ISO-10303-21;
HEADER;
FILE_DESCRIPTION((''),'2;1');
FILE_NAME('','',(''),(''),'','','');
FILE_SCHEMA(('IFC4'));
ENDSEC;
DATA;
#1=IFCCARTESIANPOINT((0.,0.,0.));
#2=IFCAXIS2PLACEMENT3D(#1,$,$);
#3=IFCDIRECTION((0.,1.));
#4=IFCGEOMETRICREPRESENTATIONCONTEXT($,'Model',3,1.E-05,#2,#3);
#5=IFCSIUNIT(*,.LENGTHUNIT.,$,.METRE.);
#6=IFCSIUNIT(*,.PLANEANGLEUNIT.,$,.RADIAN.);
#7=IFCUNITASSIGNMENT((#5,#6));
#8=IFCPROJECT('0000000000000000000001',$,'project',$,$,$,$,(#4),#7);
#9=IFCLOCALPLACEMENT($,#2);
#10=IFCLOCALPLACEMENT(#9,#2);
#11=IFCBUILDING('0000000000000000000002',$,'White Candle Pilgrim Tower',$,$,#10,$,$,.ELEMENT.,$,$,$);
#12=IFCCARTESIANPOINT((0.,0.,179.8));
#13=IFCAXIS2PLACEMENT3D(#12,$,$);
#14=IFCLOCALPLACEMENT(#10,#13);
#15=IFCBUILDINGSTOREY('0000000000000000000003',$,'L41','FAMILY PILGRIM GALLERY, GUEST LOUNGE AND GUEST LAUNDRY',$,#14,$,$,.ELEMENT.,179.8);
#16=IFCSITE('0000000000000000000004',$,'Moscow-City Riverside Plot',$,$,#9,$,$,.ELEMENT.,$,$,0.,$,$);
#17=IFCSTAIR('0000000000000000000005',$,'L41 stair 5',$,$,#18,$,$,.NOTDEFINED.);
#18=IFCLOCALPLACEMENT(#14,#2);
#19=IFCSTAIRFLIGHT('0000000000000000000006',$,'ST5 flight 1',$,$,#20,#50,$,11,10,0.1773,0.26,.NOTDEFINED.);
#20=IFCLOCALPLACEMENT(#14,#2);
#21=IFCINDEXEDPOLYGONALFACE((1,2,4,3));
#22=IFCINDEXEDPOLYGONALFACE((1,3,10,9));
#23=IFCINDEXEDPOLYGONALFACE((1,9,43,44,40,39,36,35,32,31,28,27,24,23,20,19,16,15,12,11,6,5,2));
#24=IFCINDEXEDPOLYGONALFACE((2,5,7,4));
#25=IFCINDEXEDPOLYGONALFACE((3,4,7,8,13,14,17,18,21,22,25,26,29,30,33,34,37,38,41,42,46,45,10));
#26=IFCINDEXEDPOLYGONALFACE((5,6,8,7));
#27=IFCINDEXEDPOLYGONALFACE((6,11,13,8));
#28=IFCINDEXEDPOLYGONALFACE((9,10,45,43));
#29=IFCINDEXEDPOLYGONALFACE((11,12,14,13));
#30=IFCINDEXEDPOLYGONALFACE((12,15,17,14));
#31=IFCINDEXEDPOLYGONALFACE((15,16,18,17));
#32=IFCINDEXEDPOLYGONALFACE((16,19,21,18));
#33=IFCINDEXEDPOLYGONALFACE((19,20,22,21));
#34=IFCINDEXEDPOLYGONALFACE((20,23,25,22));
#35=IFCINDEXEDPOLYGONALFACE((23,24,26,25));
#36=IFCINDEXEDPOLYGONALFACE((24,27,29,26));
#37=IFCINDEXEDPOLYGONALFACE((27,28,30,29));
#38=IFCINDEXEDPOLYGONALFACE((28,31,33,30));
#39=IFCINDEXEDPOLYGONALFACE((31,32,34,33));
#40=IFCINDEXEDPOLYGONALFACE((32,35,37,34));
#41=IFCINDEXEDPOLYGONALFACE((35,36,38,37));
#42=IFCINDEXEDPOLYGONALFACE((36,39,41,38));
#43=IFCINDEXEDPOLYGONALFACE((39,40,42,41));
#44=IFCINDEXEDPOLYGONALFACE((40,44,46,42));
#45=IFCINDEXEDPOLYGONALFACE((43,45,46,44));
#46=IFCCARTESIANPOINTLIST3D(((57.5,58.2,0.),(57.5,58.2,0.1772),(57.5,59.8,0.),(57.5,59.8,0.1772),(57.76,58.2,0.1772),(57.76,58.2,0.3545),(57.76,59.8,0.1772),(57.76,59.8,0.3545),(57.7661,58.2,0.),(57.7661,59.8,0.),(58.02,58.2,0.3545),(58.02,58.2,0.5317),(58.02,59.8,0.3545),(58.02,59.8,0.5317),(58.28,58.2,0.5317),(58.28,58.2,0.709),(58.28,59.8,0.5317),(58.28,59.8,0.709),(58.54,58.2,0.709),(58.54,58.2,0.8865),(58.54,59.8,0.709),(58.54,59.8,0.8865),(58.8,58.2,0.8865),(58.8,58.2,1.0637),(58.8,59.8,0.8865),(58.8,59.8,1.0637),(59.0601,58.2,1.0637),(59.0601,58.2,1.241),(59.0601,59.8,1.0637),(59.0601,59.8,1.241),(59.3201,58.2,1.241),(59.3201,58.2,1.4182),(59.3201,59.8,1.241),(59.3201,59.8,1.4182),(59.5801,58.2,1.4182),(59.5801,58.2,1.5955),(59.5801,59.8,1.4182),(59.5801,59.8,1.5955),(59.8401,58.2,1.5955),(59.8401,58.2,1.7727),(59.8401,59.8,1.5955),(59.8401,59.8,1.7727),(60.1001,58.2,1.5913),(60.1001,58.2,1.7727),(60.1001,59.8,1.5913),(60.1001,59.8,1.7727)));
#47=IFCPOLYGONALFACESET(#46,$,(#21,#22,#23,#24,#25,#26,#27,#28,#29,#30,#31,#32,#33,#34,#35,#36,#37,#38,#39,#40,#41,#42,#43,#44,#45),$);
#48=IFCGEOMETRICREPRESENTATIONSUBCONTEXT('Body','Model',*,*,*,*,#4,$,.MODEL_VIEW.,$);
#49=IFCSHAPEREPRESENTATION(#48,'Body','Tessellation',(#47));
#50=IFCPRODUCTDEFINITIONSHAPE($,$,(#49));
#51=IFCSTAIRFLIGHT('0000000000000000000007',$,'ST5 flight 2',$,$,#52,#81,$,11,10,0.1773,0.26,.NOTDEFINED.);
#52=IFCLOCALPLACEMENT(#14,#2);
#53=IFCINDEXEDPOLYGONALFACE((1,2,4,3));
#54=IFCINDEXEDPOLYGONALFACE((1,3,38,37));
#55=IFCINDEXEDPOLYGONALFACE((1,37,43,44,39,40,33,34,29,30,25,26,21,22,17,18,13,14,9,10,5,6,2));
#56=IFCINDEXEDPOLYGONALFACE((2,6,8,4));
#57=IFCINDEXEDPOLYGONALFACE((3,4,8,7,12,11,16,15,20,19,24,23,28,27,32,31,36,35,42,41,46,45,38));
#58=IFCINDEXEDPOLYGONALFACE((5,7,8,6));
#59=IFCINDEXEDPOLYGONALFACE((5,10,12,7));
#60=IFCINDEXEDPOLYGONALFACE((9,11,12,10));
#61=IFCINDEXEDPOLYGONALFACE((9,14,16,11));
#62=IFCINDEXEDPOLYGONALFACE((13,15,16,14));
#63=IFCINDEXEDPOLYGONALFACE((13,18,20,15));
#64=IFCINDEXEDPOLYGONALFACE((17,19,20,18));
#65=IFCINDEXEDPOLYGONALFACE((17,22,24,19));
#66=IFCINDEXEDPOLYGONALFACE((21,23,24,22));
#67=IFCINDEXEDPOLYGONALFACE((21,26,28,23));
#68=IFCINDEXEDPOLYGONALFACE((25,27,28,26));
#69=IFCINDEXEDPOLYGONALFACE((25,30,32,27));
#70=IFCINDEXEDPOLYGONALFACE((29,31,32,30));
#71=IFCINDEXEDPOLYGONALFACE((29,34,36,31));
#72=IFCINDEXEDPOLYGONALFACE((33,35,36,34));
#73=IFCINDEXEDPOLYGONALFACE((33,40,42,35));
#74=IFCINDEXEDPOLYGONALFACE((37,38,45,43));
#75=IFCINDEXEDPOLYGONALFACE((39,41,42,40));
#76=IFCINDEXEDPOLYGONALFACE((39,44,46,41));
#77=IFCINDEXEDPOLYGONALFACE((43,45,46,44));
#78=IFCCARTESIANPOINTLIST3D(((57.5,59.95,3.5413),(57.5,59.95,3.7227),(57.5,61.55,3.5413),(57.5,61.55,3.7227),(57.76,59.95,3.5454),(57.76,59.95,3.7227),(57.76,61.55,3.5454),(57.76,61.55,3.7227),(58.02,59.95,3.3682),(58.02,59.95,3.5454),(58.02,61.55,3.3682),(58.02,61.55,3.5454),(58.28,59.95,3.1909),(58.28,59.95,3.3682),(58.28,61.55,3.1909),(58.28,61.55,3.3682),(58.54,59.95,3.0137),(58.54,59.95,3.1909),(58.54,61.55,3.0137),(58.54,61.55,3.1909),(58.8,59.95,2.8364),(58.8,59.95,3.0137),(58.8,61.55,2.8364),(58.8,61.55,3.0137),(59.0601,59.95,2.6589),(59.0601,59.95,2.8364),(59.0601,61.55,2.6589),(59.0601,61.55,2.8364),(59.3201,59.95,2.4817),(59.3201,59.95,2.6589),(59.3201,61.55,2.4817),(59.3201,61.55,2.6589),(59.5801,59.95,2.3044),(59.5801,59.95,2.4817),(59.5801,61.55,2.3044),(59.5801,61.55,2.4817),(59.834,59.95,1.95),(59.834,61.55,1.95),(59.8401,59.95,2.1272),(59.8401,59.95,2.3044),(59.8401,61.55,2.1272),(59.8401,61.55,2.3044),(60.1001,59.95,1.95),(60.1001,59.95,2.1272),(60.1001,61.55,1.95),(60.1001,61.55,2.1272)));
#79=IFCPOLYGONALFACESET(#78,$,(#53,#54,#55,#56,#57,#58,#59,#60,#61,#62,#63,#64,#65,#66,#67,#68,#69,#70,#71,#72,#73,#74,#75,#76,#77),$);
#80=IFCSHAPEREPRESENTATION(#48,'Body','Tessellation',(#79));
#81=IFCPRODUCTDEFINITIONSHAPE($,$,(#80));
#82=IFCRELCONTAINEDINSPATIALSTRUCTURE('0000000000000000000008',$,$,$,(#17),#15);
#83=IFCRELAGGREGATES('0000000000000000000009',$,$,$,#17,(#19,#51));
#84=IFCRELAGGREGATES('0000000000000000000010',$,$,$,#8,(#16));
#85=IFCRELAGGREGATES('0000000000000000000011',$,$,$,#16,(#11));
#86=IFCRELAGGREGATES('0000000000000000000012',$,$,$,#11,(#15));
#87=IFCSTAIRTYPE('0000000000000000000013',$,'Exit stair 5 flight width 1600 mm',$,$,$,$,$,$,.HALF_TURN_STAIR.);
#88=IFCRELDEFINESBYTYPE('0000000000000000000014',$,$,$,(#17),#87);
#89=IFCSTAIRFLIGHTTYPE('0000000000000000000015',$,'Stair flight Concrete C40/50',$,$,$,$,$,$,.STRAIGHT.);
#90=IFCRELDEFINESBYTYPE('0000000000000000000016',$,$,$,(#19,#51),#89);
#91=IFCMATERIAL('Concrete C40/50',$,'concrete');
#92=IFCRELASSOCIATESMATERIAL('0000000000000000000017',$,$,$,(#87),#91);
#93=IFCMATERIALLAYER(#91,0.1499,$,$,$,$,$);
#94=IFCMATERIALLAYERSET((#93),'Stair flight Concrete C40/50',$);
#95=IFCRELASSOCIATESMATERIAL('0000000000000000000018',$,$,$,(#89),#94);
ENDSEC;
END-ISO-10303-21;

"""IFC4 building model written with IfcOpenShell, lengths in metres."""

from ifc_helpers import new_model, si_unit, direction, frame, origin, place, context, subcontext, project, spatial, polyline, outline, extrude, material, layer, layer_set, type_object, element, aggregate, save


model = new_model("IFC4")

# Units and contexts
model_context = context("Model", 3, precision=1e-05, world=origin(), true_north=direction((0.0, 1.0)))
body_context = subcontext(model_context, "Body", "Model", "MODEL_VIEW")
ifc_project = project(units=[si_unit("LENGTHUNIT", "METRE"), si_unit("PLANEANGLEUNIT", "RADIAN")], contexts=[model_context])

# Site, building, storey
site_placement = place(None, origin())
site = spatial("IfcSite", under=ifc_project, at=site_placement, Name="Moscow-City Riverside Plot", CompositionType="ELEMENT", RefElevation=0.0)
building_placement = place(site_placement, origin())
building = spatial("IfcBuilding", under=site, at=building_placement, Name="White Candle Pilgrim Tower", CompositionType="ELEMENT")
storey_placement = place(building_placement, frame((0.0, 0.0, 179.8)))
storey = spatial("IfcBuildingStorey", under=building, at=storey_placement, Name="L41", Description="FAMILY PILGRIM GALLERY, GUEST LOUNGE AND GUEST LAUNDRY", CompositionType="ELEMENT", Elevation=179.8)

# Stair, stair flights
ifc_material_1 = material(Name="Concrete C40/50", Category="concrete")
stair_type = type_object("IfcStairType", Name="Exit stair 5 flight width 1600 mm", PredefinedType="HALF_TURN_STAIR", material=ifc_material_1)
stair_placement = place(storey_placement, origin())
stair = element("IfcStair", 1, at=stair_placement, inside=storey, type_object=stair_type, Name="L41 stair 5", PredefinedType="NOTDEFINED")
ifc_layer_1 = layer(ifc_material_1, 0.1499)
ifc_layer_set_1 = layer_set([ifc_layer_1], Name="Stair flight Concrete C40/50")
stair_flight_type = type_object("IfcStairFlightType", Name="Stair flight Concrete C40/50", PredefinedType="STRAIGHT", material=ifc_layer_set_1)
stair_flight_1_placement = place(storey_placement, frame((57.5, 59.0, 0.0), z_axis=(0.0, 0.0, 1.0), x_axis=(1.0, 0.0, 0.0)))
stair_flight_1 = element("IfcStairFlight", 2, at=stair_flight_1_placement, type_object=stair_flight_type, Name="ST5 flight 1", NumberOfRisers=11, NumberOfTreads=10, PredefinedType="NOTDEFINED", RiserHeight=0.1773, TreadLength=0.26, context=body_context, shape_type="SweptSolid", body=[
    extrude(outline(polyline([(0.0, 0.0), (0.0, 0.1772), (0.26, 0.1772), (0.26, 0.3545), (0.52, 0.3545), (0.52, 0.5317), (0.78, 0.5317), (0.78, 0.709), (1.04, 0.709), (1.04, 0.8865), (1.3, 0.8865), (1.3, 1.0637), (1.5601, 1.0637), (1.5601, 1.241), (1.8201, 1.241), (1.8201, 1.4182), (2.0801, 1.4182), (2.0801, 1.5955), (2.3401, 1.5955), (2.3401, 1.7727), (2.6001, 1.7727), (2.6001, 1.95), (2.6001, 1.5913), (0.2661, 0.0), (0.0, 0.0)])), frame((0.0, 0.8, 0.0), z_axis=(0.0, -1.0, 0.0), x_axis=(1.0, 0.0, 0.0)), (0.0, 0.0, 1.0), 1.6001),
])
stair_flight_2_placement = place(storey_placement, frame((60.1001, 60.75, 1.95), z_axis=(0.0, 0.0, 1.0), x_axis=(-1.0, 0.0, 0.0)))
stair_flight_2 = element("IfcStairFlight", 3, at=stair_flight_2_placement, type_object=stair_flight_type, Name="ST5 flight 2", NumberOfRisers=11, NumberOfTreads=10, PredefinedType="NOTDEFINED", RiserHeight=0.1773, TreadLength=0.26, context=body_context, shape_type="SweptSolid", body=[
    extrude(outline(polyline([(0.0, 0.0), (0.0, 0.1772), (0.26, 0.1772), (0.26, 0.3545), (0.52, 0.3545), (0.52, 0.5317), (0.78, 0.5317), (0.78, 0.709), (1.04, 0.709), (1.04, 0.8865), (1.3, 0.8865), (1.3, 1.0637), (1.5601, 1.0637), (1.5601, 1.241), (1.8201, 1.241), (1.8201, 1.4182), (2.0801, 1.4182), (2.0801, 1.5955), (2.3401, 1.5955), (2.3401, 1.7727), (2.6001, 1.7727), (2.6001, 1.95), (2.6001, 1.5913), (0.2661, 0.0), (0.0, 0.0)])), frame((0.0, 0.8, 0.0), z_axis=(0.0, -1.0, 0.0), x_axis=(1.0, 0.0, 0.0)), (0.0, 0.0, 1.0), 1.6001),
])
aggregate(stair, [stair_flight_1, stair_flight_2])

save(model, "model.ifc")
